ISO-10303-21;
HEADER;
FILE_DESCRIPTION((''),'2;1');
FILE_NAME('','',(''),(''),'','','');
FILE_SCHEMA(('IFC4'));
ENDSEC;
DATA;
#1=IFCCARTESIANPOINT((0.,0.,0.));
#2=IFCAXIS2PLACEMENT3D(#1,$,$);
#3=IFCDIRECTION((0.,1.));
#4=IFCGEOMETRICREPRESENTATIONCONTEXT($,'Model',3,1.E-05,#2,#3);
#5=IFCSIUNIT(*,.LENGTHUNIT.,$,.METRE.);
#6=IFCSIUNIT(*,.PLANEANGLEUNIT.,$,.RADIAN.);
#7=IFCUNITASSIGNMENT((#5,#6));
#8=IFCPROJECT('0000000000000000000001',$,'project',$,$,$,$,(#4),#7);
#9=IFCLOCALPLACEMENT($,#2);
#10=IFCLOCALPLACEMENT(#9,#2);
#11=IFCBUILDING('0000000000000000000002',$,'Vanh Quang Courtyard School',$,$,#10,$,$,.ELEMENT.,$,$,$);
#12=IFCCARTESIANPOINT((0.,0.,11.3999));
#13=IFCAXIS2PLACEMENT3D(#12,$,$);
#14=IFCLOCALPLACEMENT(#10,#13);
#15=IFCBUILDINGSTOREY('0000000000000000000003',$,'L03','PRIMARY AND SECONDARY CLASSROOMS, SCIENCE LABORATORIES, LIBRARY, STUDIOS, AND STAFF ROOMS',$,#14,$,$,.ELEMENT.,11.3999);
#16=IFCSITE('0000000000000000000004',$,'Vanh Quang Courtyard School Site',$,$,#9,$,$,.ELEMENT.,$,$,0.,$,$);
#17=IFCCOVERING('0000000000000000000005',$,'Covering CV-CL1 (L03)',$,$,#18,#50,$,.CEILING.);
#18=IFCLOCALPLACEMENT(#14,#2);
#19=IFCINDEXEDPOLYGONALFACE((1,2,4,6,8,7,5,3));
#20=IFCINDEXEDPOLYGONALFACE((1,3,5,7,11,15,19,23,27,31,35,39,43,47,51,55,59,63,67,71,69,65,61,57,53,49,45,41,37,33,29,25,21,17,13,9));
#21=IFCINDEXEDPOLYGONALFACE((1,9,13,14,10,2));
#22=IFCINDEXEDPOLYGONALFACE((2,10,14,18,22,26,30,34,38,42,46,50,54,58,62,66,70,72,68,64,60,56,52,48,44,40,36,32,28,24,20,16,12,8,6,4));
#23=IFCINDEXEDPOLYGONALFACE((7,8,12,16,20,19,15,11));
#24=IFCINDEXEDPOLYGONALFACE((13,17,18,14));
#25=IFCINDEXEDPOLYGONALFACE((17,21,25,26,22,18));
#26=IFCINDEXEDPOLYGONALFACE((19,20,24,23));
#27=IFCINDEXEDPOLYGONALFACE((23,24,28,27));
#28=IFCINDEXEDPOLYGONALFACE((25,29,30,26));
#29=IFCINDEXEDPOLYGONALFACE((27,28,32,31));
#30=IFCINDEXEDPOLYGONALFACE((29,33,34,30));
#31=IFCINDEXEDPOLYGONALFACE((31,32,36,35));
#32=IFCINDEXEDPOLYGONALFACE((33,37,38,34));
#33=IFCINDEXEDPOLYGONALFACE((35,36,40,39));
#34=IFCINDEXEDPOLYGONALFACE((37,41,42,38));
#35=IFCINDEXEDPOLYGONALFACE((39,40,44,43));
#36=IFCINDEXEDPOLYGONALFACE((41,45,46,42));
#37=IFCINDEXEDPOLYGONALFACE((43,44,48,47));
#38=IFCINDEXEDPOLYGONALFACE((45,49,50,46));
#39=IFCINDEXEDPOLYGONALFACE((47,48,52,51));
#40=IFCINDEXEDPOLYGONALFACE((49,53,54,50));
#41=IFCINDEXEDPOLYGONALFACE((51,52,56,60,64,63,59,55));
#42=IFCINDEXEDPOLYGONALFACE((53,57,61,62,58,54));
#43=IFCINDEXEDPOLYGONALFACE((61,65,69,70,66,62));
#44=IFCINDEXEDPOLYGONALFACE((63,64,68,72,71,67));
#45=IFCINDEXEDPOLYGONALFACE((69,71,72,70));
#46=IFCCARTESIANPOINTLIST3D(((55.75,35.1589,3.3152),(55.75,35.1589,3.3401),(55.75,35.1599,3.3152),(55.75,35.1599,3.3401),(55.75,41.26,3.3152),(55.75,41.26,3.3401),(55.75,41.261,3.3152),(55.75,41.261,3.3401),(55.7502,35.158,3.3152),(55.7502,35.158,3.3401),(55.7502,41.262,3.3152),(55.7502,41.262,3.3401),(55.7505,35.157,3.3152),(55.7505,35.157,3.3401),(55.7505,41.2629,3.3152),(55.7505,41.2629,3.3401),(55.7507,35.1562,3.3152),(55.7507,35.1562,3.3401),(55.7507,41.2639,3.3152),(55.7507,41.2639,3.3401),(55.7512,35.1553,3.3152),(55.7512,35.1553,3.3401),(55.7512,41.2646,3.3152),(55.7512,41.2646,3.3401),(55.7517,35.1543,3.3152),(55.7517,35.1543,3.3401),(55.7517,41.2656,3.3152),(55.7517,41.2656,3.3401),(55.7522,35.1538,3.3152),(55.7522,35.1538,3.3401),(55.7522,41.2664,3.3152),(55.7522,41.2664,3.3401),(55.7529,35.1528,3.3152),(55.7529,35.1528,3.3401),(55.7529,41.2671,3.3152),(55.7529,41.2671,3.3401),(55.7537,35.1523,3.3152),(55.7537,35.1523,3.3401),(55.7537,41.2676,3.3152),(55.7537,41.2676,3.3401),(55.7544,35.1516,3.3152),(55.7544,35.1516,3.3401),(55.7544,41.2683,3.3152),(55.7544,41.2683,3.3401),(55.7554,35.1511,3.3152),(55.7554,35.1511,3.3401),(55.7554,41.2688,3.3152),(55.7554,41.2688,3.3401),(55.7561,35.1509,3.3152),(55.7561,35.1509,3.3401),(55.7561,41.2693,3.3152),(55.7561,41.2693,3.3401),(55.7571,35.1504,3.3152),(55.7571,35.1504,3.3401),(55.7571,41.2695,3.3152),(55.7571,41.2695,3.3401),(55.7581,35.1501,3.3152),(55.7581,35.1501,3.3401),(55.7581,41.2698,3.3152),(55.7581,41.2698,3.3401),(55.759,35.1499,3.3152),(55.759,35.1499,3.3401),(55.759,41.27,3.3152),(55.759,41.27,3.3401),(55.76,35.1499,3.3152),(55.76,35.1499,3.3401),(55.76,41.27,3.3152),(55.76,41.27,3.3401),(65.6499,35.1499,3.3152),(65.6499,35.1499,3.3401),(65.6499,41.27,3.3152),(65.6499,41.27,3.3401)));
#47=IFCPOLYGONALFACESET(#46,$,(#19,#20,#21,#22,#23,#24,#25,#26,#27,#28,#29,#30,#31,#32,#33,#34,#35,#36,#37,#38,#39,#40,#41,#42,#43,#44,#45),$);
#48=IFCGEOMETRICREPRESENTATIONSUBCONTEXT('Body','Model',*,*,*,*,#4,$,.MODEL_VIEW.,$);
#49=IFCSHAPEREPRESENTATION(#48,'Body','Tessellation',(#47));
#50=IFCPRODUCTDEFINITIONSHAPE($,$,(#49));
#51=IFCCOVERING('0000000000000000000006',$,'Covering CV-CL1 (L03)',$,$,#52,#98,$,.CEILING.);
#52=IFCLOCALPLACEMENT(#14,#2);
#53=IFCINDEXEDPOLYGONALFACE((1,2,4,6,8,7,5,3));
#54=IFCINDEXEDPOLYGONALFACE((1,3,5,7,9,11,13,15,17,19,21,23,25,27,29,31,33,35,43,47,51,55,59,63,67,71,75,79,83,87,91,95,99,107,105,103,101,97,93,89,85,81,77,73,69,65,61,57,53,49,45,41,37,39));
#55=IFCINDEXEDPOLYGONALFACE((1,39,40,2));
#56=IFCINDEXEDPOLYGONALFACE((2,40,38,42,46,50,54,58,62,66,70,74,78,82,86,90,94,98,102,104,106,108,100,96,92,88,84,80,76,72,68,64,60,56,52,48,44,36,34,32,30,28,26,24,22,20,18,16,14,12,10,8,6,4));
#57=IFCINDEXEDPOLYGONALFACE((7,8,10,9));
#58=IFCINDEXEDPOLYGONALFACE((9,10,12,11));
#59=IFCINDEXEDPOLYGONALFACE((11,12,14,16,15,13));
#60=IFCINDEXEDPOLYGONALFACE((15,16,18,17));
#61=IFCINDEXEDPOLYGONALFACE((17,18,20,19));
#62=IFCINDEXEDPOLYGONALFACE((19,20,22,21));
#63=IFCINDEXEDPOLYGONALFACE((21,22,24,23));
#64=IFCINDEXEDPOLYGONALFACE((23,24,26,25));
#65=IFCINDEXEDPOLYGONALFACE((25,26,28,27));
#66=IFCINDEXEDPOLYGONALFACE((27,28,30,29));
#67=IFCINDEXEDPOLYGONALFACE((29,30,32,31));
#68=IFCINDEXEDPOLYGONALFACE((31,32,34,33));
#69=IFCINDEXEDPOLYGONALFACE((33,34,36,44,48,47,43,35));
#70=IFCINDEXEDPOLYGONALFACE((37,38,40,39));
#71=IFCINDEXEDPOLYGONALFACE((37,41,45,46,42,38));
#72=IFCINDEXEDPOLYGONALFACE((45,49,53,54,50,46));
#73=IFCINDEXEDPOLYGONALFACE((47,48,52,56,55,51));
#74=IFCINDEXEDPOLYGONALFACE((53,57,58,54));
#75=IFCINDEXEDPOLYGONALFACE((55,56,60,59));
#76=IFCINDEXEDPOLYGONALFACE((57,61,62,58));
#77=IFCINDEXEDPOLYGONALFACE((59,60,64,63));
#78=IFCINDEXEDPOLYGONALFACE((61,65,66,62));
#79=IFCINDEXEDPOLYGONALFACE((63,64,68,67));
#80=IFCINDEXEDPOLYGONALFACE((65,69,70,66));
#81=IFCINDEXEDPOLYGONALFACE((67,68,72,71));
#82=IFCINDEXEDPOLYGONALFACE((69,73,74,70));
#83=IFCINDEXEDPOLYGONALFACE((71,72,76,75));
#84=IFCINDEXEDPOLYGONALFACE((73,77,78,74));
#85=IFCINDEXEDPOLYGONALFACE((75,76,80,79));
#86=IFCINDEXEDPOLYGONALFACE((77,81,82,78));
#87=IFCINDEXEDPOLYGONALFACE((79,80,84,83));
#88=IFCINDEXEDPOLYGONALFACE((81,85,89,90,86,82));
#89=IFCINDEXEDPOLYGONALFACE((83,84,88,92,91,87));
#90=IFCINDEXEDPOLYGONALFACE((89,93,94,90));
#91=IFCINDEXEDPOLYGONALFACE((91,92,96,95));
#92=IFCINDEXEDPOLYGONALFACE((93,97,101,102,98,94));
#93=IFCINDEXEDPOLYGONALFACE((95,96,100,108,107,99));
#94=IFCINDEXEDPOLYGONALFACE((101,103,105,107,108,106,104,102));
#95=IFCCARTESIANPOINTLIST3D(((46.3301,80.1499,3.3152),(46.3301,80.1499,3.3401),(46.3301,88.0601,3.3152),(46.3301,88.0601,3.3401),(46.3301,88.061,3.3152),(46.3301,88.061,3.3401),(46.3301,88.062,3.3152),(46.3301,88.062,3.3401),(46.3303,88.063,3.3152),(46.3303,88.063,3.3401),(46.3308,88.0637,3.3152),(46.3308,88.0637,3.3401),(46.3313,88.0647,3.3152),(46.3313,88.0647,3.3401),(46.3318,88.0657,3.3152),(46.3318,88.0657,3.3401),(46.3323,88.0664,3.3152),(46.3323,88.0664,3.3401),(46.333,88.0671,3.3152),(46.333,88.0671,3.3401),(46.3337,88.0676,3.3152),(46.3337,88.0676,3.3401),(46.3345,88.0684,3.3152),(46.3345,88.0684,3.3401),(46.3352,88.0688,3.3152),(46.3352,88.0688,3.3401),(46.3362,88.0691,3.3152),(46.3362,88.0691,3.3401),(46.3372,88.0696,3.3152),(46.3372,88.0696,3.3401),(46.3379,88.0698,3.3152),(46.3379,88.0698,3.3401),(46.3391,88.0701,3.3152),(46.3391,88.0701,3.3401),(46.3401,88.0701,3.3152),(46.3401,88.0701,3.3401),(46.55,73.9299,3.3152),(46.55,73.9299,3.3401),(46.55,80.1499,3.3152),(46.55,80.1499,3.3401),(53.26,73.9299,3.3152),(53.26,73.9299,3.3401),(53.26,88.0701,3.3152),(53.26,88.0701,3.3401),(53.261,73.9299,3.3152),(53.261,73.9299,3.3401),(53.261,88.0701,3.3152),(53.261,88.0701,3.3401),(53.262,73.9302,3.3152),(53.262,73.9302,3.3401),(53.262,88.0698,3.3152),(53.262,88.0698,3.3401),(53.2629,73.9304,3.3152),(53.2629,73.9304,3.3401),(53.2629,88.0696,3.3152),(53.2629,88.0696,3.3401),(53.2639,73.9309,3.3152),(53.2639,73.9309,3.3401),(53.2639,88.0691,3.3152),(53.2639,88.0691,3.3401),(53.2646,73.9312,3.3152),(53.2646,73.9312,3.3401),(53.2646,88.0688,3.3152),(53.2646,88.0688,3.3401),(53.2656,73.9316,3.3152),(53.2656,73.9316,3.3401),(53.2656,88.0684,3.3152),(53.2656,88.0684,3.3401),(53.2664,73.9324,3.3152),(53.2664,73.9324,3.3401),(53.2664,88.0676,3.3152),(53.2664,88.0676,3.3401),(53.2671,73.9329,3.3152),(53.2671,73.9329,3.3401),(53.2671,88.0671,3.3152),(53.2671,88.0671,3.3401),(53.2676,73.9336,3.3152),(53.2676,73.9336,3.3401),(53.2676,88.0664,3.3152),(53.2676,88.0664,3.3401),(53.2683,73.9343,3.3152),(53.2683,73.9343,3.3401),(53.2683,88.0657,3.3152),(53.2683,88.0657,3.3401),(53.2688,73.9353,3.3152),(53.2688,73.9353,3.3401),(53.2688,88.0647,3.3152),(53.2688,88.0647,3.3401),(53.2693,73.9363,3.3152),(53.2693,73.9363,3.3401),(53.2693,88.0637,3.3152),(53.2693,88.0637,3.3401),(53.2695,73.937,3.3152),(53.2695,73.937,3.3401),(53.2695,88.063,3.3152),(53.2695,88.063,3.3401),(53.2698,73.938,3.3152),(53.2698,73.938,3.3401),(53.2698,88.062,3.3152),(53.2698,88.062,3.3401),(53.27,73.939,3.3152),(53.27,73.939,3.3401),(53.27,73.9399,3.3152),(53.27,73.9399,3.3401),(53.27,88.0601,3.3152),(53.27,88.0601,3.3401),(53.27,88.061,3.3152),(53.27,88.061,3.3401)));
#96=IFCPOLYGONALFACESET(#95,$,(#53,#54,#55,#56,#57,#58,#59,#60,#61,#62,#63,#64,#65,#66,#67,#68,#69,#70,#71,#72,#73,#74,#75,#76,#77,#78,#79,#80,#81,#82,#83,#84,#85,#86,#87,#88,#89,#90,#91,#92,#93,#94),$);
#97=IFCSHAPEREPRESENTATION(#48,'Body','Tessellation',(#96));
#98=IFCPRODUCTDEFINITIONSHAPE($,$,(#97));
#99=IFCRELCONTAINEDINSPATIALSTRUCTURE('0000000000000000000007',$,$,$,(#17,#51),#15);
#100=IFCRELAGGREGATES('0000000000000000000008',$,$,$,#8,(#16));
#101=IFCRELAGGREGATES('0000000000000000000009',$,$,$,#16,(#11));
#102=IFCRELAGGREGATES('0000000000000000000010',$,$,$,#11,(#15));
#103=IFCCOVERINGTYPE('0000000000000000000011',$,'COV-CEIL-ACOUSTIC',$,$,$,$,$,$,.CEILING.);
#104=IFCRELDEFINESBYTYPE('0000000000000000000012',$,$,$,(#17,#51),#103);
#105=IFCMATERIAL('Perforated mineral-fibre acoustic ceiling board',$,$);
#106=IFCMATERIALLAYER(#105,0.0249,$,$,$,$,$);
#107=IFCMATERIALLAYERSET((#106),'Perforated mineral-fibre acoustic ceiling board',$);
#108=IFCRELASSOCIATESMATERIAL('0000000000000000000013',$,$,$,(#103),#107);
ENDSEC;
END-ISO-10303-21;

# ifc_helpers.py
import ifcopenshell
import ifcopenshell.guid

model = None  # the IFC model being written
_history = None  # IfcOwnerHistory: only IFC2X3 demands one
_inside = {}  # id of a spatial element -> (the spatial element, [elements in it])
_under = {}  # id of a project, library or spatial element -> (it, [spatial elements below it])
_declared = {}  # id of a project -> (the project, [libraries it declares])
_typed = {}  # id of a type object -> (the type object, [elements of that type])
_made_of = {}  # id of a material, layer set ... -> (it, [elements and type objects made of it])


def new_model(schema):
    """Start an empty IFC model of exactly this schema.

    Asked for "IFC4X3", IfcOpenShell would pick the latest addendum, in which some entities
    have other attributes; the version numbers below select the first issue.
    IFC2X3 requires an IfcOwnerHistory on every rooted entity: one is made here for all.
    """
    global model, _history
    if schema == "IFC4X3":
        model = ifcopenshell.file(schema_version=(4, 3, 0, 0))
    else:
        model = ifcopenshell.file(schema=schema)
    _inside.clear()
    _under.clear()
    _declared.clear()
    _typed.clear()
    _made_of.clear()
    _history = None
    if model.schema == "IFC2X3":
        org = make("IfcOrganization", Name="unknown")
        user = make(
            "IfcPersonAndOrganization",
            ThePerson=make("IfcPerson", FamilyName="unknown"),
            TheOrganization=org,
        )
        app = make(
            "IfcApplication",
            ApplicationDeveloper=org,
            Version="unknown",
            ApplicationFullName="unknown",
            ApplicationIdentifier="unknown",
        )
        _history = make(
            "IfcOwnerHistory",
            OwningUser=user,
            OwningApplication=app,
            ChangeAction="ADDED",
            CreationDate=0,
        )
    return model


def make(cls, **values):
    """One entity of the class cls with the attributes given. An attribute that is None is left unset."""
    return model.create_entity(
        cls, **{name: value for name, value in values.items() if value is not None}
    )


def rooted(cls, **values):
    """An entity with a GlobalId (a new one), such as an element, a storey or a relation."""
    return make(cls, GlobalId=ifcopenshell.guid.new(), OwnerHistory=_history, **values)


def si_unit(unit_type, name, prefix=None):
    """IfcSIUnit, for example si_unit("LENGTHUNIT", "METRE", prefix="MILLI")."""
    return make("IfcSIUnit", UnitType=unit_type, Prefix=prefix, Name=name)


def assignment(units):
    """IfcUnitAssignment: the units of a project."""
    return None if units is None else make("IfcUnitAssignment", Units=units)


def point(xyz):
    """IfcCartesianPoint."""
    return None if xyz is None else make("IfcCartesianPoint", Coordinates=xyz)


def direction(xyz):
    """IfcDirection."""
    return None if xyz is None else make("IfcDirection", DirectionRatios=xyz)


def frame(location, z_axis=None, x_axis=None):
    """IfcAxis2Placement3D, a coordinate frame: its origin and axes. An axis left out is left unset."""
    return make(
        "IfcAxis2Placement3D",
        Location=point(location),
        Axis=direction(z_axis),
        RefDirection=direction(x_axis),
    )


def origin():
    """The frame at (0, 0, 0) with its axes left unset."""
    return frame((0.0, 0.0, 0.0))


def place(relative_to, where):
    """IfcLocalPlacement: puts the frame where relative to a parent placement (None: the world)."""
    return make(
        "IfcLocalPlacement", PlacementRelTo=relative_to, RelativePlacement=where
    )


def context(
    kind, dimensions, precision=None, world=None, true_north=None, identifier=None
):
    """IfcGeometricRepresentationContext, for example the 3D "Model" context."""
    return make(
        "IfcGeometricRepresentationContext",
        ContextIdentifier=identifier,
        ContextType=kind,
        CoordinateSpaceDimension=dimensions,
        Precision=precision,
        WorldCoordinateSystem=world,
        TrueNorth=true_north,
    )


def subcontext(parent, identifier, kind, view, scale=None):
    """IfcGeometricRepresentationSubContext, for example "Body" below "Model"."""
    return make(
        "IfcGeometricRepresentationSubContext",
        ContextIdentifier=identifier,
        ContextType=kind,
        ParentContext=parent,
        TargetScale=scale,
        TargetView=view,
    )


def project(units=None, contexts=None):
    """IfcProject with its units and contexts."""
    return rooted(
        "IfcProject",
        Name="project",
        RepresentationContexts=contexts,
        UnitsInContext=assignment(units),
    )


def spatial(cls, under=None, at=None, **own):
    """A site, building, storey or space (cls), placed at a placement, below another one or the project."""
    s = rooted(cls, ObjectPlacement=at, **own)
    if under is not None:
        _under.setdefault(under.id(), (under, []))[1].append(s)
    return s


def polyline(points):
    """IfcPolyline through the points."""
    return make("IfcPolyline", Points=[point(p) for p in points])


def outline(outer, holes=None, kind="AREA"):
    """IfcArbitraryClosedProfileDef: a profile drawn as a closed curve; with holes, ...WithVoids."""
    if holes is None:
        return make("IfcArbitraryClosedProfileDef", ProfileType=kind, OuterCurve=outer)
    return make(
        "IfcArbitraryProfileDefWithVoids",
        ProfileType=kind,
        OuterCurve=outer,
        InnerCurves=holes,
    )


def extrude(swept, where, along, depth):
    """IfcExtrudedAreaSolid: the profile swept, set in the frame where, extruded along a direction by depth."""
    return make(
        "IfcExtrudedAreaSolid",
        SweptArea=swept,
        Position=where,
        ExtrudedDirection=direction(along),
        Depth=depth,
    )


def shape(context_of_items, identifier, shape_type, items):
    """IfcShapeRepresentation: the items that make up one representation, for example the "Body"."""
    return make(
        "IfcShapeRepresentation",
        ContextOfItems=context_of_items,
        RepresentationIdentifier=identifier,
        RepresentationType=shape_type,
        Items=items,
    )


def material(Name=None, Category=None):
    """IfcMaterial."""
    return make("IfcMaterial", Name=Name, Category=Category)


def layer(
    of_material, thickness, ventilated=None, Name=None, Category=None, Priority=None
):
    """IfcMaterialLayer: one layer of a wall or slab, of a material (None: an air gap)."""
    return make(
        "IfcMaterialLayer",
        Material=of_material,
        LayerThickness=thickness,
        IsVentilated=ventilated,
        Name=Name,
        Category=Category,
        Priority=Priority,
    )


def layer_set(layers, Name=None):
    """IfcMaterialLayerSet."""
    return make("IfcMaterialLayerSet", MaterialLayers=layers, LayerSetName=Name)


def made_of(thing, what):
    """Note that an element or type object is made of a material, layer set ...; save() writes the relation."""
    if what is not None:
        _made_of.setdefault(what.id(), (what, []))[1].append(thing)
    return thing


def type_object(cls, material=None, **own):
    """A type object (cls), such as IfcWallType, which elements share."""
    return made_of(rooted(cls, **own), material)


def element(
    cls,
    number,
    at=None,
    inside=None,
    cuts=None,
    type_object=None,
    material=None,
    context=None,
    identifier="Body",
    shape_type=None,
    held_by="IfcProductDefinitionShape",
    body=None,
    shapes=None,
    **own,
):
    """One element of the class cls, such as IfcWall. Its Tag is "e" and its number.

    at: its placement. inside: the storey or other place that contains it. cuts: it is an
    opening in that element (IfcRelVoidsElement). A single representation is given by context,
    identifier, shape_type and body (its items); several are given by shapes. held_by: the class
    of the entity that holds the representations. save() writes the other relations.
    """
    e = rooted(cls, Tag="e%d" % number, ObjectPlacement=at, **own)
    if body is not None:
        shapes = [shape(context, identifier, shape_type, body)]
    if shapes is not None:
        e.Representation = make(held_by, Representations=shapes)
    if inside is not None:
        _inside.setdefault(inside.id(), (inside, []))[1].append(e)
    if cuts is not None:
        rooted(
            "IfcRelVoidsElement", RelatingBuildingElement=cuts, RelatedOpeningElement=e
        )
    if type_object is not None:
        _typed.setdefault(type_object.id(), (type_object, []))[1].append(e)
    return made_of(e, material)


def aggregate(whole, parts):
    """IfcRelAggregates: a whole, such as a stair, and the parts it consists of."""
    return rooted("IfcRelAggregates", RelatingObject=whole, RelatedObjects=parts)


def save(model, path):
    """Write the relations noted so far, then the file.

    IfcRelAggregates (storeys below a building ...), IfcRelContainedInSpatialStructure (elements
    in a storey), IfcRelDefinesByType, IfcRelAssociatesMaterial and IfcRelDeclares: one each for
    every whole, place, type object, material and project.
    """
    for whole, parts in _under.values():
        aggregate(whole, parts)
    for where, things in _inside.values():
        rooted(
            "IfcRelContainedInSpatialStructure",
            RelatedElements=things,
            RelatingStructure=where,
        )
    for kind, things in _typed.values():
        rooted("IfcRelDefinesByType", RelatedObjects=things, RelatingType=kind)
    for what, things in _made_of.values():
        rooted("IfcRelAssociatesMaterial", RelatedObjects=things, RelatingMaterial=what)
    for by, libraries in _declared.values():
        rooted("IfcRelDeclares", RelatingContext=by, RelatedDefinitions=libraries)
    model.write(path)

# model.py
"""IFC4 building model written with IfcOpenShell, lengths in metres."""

from ifc_helpers import new_model, si_unit, direction, frame, origin, place, context, subcontext, project, spatial, polyline, outline, extrude, material, layer, layer_set, type_object, element, save


model = new_model("IFC4")

# Units and contexts
model_context = context("Model", 3, precision=1e-05, world=origin(), true_north=direction((0.0, 1.0)))
body_context = subcontext(model_context, "Body", "Model", "MODEL_VIEW")
ifc_project = project(units=[si_unit("LENGTHUNIT", "METRE"), si_unit("PLANEANGLEUNIT", "RADIAN")], contexts=[model_context])

# Site, building, storey
site_placement = place(None, origin())
site = spatial("IfcSite", under=ifc_project, at=site_placement, Name="Vanh Quang Courtyard School Site", CompositionType="ELEMENT", RefElevation=0.0)
building_placement = place(site_placement, origin())
building = spatial("IfcBuilding", under=site, at=building_placement, Name="Vanh Quang Courtyard School", CompositionType="ELEMENT")
storey_placement = place(building_placement, frame((0.0, 0.0, 11.3999)))
storey = spatial("IfcBuildingStorey", under=building, at=storey_placement, Name="L03", Description="PRIMARY AND SECONDARY CLASSROOMS, SCIENCE LABORATORIES, LIBRARY, STUDIOS, AND STAFF ROOMS", CompositionType="ELEMENT", Elevation=11.3999)

# Coverings
ifc_material_1 = material(Name="Perforated mineral-fibre acoustic ceiling board")
ifc_layer_1 = layer(ifc_material_1, 0.0249)
ifc_layer_set_1 = layer_set([ifc_layer_1], Name="Perforated mineral-fibre acoustic ceiling board")
covering_type_1 = type_object("IfcCoveringType", Name="COV-CEIL-ACOUSTIC", PredefinedType="CEILING", material=ifc_layer_set_1)
covering_1_placement = place(storey_placement, frame((0.0, 0.0, 3.3152)))
element("IfcCovering", 1, at=covering_1_placement, inside=storey, type_object=covering_type_1, Name="Covering CV-CL1 (L03)", PredefinedType="CEILING", context=body_context, shape_type="SweptSolid", body=[
    extrude(outline(polyline([(55.76, 35.1499), (55.759, 35.1499), (55.7581, 35.1501), (55.7571, 35.1504), (55.7561, 35.1509), (55.7554, 35.1511), (55.7544, 35.1516), (55.7537, 35.1523), (55.7529, 35.1528), (55.7522, 35.1538), (55.7517, 35.1543), (55.7512, 35.1553), (55.7507, 35.1562), (55.7505, 35.157), (55.7502, 35.158), (55.75, 35.1589), (55.75, 35.1599), (55.75, 41.26), (55.75, 41.261), (55.7502, 41.262), (55.7505, 41.2629), (55.7507, 41.2639), (55.7512, 41.2646), (55.7517, 41.2656), (55.7522, 41.2664), (55.7529, 41.2671), (55.7537, 41.2676), (55.7544, 41.2683), (55.7554, 41.2688), (55.7561, 41.2693), (55.7571, 41.2695), (55.7581, 41.2698), (55.759, 41.27), (55.76, 41.27), (65.6499, 41.27), (65.6499, 35.1499), (55.76, 35.1499)])), origin(), (0.0, 0.0, 1.0), 0.0249),
])
covering_2_placement = place(storey_placement, frame((0.0, 0.0, 3.3152)))
element("IfcCovering", 2, at=covering_2_placement, inside=storey, type_object=covering_type_1, Name="Covering CV-CL1 (L03)", PredefinedType="CEILING", context=body_context, shape_type="SweptSolid", body=[
    extrude(outline(polyline([(53.27, 73.9399), (53.27, 73.939), (53.2698, 73.938), (53.2695, 73.937), (53.2693, 73.9363), (53.2688, 73.9353), (53.2683, 73.9343), (53.2676, 73.9336), (53.2671, 73.9329), (53.2664, 73.9324), (53.2656, 73.9316), (53.2646, 73.9312), (53.2639, 73.9309), (53.2629, 73.9304), (53.262, 73.9302), (53.261, 73.9299), (53.26, 73.9299), (46.55, 73.9299), (46.55, 80.1499), (46.3301, 80.1499), (46.3301, 88.0601), (46.3301, 88.061), (46.3301, 88.062), (46.3303, 88.063), (46.3308, 88.0637), (46.3313, 88.0647), (46.3318, 88.0657), (46.3323, 88.0664), (46.333, 88.0671), (46.3337, 88.0676), (46.3345, 88.0684), (46.3352, 88.0688), (46.3362, 88.0691), (46.3372, 88.0696), (46.3379, 88.0698), (46.3391, 88.0701), (46.3401, 88.0701), (53.26, 88.0701), (53.261, 88.0701), (53.262, 88.0698), (53.2629, 88.0696), (53.2639, 88.0691), (53.2646, 88.0688), (53.2656, 88.0684), (53.2664, 88.0676), (53.2671, 88.0671), (53.2676, 88.0664), (53.2683, 88.0657), (53.2688, 88.0647), (53.2693, 88.0637), (53.2695, 88.063), (53.2698, 88.062), (53.27, 88.061), (53.27, 88.0601), (53.27, 73.9399)])), origin(), (0.0, 0.0, 1.0), 0.0249),
])

save(model, "model.ifc")
